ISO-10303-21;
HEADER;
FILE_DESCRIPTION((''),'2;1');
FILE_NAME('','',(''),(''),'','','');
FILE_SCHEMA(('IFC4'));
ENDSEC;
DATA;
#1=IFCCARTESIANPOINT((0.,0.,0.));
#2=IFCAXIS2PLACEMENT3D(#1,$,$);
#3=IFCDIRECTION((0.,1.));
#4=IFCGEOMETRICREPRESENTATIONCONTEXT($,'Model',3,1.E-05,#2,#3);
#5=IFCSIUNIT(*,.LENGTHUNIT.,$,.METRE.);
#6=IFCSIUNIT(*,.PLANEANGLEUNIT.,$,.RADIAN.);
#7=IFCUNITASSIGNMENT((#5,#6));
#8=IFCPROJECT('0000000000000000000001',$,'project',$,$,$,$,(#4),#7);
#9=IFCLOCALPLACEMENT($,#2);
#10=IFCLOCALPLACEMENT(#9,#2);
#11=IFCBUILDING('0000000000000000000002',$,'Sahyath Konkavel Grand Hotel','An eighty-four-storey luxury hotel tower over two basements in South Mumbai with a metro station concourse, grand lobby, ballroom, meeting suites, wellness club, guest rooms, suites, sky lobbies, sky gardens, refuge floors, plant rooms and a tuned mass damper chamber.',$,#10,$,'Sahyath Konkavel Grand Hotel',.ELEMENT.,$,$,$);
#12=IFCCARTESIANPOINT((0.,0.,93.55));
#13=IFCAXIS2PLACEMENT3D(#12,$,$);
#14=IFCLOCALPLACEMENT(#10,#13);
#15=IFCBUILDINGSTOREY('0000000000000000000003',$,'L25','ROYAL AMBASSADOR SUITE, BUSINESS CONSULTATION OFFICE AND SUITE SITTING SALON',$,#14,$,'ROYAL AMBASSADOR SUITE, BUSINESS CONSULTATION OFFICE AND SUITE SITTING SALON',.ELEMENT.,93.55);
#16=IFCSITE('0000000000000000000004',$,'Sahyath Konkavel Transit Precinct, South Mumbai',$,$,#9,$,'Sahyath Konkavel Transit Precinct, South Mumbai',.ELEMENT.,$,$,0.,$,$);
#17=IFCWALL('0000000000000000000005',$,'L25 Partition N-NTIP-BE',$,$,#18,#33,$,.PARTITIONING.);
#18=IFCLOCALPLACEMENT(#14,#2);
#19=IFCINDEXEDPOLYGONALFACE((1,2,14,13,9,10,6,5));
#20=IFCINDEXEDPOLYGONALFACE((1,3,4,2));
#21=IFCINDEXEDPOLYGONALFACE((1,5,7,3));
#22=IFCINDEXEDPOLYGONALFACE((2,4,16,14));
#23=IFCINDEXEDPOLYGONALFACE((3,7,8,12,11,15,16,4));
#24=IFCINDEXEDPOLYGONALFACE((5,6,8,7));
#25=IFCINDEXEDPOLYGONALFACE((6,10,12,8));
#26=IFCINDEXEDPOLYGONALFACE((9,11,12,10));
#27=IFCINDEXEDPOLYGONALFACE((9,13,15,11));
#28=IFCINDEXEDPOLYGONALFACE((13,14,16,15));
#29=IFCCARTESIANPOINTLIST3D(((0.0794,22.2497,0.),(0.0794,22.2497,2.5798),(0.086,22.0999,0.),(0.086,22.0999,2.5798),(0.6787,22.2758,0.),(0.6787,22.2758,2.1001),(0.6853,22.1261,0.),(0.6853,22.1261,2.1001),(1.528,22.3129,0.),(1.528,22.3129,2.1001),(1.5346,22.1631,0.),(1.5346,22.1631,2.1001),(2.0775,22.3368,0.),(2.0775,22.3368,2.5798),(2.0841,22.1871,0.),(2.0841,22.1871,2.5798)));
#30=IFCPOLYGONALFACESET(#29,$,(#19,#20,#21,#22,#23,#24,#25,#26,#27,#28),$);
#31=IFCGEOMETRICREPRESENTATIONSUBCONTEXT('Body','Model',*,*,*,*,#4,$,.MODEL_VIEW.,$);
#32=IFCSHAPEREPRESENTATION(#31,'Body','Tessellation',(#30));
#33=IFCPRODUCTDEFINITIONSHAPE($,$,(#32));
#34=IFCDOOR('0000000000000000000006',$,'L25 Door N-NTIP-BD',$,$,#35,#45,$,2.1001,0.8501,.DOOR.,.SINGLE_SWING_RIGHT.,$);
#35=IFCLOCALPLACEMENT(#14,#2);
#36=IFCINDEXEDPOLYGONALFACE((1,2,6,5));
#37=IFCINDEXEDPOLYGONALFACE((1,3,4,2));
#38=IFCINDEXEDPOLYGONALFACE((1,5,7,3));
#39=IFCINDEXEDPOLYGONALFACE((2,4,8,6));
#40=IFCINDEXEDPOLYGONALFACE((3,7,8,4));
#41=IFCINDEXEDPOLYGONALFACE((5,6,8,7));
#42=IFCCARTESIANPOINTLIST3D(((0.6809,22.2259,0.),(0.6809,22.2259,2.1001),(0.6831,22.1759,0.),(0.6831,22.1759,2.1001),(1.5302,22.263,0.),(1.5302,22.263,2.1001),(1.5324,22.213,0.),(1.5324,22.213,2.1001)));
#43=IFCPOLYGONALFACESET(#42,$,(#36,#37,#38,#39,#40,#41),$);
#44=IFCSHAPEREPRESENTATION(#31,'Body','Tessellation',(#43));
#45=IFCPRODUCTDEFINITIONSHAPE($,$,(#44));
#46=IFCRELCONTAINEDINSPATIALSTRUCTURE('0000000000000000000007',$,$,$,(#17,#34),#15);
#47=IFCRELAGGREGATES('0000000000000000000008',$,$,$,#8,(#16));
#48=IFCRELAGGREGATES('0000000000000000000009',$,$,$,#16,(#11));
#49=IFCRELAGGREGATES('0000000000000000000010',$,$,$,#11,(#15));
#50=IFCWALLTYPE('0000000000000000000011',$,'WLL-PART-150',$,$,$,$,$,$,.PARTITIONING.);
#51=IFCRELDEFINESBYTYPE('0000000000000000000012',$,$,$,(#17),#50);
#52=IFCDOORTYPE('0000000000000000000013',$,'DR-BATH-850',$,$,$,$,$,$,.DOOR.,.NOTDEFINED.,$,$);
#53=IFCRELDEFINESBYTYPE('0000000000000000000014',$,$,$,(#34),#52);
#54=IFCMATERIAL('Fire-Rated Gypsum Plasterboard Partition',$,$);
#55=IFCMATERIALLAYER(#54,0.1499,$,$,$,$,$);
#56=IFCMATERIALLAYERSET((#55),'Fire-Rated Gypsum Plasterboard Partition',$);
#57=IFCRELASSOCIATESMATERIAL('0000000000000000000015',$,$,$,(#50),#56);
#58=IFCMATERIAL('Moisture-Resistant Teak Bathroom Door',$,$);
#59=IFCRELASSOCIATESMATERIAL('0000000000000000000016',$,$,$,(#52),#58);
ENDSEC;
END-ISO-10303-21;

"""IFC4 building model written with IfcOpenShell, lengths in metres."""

from ifc_helpers import new_model, si_unit, direction, frame, frame_2d, origin, origin_2d, place, context, subcontext, project, spatial, rectangle, extrude, source, transform, mapped, material, layer, layer_set, type_object, element, fill, save


model = new_model("IFC4")

# Units and contexts
model_context = context("Model", 3, precision=1e-05, world=origin(), true_north=direction((0.0, 1.0)))
body_context = subcontext(model_context, "Body", "Model", "MODEL_VIEW")
ifc_project = project(units=[si_unit("LENGTHUNIT", "METRE"), si_unit("PLANEANGLEUNIT", "RADIAN")], contexts=[model_context])

# Site, building, storey
site_placement = place(None, origin())
site = spatial("IfcSite", under=ifc_project, at=site_placement, Name="Sahyath Konkavel Transit Precinct, South Mumbai", LongName="Sahyath Konkavel Transit Precinct, South Mumbai", CompositionType="ELEMENT", RefElevation=0.0)
building_placement = place(site_placement, origin())
building = spatial("IfcBuilding", under=site, at=building_placement, Name="Sahyath Konkavel Grand Hotel", Description="An eighty-four-storey luxury hotel tower over two basements in South Mumbai with a metro station concourse, grand lobby, ballroom, meeting suites, wellness club, guest rooms, suites, sky lobbies, sky gardens, refuge floors, plant rooms and a tuned mass damper chamber.", LongName="Sahyath Konkavel Grand Hotel", CompositionType="ELEMENT")
storey_placement = place(building_placement, frame((0.0, 0.0, 93.55)))
storey = spatial("IfcBuildingStorey", under=building, at=storey_placement, Name="L25", Description="ROYAL AMBASSADOR SUITE, BUSINESS CONSULTATION OFFICE AND SUITE SITTING SALON", LongName="ROYAL AMBASSADOR SUITE, BUSINESS CONSULTATION OFFICE AND SUITE SITTING SALON", CompositionType="ELEMENT", Elevation=93.55)

# Shared definitions
shared_shape_1 = source(origin(), body_context, "Body", "SweptSolid", [
    extrude(rectangle(XDim=0.8501, YDim=0.05, at=origin_2d()), origin(), (0.0, 0.0, 1.0), 2.1001),
])

# Shared definitions
ifc_material_1 = material(Name="Fire-Rated Gypsum Plasterboard Partition")
ifc_layer_1 = layer(ifc_material_1, 0.1499)
ifc_layer_set_1 = layer_set([ifc_layer_1], Name="Fire-Rated Gypsum Plasterboard Partition")
wall_type_1 = type_object("IfcWallType", Name="WLL-PART-150", PredefinedType="PARTITIONING", material=ifc_layer_set_1)

# Wall, opening, door
wall_1_placement = place(storey_placement, frame((2.0808, 22.262, 0.0), z_axis=(0.0, 0.0, 1.0), x_axis=(-0.99905, -0.04358, 0.0)))
wall_1 = element("IfcWall", 1, at=wall_1_placement, inside=storey, type_object=wall_type_1, Name="L25 Partition N-NTIP-BE", PredefinedType="PARTITIONING", context=body_context, shape_type="SweptSolid", body=[
    extrude(rectangle(XDim=2.0, YDim=0.1499, at=frame_2d((1.0, 0.0))), origin(), (0.0, 0.0, 1.0), 2.5798),
])
opening_1_placement = place(wall_1_placement, frame((0.55, 0.0, 0.0)))
opening_1 = element("IfcOpeningElement", 2, at=opening_1_placement, cuts=wall_1, PredefinedType="OPENING", context=body_context, shape_type="SweptSolid", body=[
    extrude(rectangle(XDim=0.8501, YDim=2.1001, at=frame_2d((0.425, 1.05))), frame((0.0, 0.085, 0.0), z_axis=(0.0, -1.0, 0.0), x_axis=(1.0, 0.0, 0.0)), (0.0, 0.0, 1.0), 0.1699),
])
ifc_material_2 = material(Name="Moisture-Resistant Teak Bathroom Door")
door_type_1 = type_object("IfcDoorType", Name="DR-BATH-850", OperationType="NOTDEFINED", PredefinedType="DOOR", material=ifc_material_2)
door_1_placement = place(opening_1_placement, frame((0.425, 0.0, 0.0)))
door_1 = element("IfcDoor", 3, at=door_1_placement, inside=storey, type_object=door_type_1, Name="L25 Door N-NTIP-BD", OperationType="SINGLE_SWING_RIGHT", OverallHeight=2.1001, OverallWidth=0.8501, PredefinedType="DOOR", context=body_context, shape_type="MappedRepresentation", body=[
    mapped(shared_shape_1, transform((0.0, 0.0, 0.0), scale=1.0)),
])
fill(opening_1, door_1)

save(model, "model.ifc")
